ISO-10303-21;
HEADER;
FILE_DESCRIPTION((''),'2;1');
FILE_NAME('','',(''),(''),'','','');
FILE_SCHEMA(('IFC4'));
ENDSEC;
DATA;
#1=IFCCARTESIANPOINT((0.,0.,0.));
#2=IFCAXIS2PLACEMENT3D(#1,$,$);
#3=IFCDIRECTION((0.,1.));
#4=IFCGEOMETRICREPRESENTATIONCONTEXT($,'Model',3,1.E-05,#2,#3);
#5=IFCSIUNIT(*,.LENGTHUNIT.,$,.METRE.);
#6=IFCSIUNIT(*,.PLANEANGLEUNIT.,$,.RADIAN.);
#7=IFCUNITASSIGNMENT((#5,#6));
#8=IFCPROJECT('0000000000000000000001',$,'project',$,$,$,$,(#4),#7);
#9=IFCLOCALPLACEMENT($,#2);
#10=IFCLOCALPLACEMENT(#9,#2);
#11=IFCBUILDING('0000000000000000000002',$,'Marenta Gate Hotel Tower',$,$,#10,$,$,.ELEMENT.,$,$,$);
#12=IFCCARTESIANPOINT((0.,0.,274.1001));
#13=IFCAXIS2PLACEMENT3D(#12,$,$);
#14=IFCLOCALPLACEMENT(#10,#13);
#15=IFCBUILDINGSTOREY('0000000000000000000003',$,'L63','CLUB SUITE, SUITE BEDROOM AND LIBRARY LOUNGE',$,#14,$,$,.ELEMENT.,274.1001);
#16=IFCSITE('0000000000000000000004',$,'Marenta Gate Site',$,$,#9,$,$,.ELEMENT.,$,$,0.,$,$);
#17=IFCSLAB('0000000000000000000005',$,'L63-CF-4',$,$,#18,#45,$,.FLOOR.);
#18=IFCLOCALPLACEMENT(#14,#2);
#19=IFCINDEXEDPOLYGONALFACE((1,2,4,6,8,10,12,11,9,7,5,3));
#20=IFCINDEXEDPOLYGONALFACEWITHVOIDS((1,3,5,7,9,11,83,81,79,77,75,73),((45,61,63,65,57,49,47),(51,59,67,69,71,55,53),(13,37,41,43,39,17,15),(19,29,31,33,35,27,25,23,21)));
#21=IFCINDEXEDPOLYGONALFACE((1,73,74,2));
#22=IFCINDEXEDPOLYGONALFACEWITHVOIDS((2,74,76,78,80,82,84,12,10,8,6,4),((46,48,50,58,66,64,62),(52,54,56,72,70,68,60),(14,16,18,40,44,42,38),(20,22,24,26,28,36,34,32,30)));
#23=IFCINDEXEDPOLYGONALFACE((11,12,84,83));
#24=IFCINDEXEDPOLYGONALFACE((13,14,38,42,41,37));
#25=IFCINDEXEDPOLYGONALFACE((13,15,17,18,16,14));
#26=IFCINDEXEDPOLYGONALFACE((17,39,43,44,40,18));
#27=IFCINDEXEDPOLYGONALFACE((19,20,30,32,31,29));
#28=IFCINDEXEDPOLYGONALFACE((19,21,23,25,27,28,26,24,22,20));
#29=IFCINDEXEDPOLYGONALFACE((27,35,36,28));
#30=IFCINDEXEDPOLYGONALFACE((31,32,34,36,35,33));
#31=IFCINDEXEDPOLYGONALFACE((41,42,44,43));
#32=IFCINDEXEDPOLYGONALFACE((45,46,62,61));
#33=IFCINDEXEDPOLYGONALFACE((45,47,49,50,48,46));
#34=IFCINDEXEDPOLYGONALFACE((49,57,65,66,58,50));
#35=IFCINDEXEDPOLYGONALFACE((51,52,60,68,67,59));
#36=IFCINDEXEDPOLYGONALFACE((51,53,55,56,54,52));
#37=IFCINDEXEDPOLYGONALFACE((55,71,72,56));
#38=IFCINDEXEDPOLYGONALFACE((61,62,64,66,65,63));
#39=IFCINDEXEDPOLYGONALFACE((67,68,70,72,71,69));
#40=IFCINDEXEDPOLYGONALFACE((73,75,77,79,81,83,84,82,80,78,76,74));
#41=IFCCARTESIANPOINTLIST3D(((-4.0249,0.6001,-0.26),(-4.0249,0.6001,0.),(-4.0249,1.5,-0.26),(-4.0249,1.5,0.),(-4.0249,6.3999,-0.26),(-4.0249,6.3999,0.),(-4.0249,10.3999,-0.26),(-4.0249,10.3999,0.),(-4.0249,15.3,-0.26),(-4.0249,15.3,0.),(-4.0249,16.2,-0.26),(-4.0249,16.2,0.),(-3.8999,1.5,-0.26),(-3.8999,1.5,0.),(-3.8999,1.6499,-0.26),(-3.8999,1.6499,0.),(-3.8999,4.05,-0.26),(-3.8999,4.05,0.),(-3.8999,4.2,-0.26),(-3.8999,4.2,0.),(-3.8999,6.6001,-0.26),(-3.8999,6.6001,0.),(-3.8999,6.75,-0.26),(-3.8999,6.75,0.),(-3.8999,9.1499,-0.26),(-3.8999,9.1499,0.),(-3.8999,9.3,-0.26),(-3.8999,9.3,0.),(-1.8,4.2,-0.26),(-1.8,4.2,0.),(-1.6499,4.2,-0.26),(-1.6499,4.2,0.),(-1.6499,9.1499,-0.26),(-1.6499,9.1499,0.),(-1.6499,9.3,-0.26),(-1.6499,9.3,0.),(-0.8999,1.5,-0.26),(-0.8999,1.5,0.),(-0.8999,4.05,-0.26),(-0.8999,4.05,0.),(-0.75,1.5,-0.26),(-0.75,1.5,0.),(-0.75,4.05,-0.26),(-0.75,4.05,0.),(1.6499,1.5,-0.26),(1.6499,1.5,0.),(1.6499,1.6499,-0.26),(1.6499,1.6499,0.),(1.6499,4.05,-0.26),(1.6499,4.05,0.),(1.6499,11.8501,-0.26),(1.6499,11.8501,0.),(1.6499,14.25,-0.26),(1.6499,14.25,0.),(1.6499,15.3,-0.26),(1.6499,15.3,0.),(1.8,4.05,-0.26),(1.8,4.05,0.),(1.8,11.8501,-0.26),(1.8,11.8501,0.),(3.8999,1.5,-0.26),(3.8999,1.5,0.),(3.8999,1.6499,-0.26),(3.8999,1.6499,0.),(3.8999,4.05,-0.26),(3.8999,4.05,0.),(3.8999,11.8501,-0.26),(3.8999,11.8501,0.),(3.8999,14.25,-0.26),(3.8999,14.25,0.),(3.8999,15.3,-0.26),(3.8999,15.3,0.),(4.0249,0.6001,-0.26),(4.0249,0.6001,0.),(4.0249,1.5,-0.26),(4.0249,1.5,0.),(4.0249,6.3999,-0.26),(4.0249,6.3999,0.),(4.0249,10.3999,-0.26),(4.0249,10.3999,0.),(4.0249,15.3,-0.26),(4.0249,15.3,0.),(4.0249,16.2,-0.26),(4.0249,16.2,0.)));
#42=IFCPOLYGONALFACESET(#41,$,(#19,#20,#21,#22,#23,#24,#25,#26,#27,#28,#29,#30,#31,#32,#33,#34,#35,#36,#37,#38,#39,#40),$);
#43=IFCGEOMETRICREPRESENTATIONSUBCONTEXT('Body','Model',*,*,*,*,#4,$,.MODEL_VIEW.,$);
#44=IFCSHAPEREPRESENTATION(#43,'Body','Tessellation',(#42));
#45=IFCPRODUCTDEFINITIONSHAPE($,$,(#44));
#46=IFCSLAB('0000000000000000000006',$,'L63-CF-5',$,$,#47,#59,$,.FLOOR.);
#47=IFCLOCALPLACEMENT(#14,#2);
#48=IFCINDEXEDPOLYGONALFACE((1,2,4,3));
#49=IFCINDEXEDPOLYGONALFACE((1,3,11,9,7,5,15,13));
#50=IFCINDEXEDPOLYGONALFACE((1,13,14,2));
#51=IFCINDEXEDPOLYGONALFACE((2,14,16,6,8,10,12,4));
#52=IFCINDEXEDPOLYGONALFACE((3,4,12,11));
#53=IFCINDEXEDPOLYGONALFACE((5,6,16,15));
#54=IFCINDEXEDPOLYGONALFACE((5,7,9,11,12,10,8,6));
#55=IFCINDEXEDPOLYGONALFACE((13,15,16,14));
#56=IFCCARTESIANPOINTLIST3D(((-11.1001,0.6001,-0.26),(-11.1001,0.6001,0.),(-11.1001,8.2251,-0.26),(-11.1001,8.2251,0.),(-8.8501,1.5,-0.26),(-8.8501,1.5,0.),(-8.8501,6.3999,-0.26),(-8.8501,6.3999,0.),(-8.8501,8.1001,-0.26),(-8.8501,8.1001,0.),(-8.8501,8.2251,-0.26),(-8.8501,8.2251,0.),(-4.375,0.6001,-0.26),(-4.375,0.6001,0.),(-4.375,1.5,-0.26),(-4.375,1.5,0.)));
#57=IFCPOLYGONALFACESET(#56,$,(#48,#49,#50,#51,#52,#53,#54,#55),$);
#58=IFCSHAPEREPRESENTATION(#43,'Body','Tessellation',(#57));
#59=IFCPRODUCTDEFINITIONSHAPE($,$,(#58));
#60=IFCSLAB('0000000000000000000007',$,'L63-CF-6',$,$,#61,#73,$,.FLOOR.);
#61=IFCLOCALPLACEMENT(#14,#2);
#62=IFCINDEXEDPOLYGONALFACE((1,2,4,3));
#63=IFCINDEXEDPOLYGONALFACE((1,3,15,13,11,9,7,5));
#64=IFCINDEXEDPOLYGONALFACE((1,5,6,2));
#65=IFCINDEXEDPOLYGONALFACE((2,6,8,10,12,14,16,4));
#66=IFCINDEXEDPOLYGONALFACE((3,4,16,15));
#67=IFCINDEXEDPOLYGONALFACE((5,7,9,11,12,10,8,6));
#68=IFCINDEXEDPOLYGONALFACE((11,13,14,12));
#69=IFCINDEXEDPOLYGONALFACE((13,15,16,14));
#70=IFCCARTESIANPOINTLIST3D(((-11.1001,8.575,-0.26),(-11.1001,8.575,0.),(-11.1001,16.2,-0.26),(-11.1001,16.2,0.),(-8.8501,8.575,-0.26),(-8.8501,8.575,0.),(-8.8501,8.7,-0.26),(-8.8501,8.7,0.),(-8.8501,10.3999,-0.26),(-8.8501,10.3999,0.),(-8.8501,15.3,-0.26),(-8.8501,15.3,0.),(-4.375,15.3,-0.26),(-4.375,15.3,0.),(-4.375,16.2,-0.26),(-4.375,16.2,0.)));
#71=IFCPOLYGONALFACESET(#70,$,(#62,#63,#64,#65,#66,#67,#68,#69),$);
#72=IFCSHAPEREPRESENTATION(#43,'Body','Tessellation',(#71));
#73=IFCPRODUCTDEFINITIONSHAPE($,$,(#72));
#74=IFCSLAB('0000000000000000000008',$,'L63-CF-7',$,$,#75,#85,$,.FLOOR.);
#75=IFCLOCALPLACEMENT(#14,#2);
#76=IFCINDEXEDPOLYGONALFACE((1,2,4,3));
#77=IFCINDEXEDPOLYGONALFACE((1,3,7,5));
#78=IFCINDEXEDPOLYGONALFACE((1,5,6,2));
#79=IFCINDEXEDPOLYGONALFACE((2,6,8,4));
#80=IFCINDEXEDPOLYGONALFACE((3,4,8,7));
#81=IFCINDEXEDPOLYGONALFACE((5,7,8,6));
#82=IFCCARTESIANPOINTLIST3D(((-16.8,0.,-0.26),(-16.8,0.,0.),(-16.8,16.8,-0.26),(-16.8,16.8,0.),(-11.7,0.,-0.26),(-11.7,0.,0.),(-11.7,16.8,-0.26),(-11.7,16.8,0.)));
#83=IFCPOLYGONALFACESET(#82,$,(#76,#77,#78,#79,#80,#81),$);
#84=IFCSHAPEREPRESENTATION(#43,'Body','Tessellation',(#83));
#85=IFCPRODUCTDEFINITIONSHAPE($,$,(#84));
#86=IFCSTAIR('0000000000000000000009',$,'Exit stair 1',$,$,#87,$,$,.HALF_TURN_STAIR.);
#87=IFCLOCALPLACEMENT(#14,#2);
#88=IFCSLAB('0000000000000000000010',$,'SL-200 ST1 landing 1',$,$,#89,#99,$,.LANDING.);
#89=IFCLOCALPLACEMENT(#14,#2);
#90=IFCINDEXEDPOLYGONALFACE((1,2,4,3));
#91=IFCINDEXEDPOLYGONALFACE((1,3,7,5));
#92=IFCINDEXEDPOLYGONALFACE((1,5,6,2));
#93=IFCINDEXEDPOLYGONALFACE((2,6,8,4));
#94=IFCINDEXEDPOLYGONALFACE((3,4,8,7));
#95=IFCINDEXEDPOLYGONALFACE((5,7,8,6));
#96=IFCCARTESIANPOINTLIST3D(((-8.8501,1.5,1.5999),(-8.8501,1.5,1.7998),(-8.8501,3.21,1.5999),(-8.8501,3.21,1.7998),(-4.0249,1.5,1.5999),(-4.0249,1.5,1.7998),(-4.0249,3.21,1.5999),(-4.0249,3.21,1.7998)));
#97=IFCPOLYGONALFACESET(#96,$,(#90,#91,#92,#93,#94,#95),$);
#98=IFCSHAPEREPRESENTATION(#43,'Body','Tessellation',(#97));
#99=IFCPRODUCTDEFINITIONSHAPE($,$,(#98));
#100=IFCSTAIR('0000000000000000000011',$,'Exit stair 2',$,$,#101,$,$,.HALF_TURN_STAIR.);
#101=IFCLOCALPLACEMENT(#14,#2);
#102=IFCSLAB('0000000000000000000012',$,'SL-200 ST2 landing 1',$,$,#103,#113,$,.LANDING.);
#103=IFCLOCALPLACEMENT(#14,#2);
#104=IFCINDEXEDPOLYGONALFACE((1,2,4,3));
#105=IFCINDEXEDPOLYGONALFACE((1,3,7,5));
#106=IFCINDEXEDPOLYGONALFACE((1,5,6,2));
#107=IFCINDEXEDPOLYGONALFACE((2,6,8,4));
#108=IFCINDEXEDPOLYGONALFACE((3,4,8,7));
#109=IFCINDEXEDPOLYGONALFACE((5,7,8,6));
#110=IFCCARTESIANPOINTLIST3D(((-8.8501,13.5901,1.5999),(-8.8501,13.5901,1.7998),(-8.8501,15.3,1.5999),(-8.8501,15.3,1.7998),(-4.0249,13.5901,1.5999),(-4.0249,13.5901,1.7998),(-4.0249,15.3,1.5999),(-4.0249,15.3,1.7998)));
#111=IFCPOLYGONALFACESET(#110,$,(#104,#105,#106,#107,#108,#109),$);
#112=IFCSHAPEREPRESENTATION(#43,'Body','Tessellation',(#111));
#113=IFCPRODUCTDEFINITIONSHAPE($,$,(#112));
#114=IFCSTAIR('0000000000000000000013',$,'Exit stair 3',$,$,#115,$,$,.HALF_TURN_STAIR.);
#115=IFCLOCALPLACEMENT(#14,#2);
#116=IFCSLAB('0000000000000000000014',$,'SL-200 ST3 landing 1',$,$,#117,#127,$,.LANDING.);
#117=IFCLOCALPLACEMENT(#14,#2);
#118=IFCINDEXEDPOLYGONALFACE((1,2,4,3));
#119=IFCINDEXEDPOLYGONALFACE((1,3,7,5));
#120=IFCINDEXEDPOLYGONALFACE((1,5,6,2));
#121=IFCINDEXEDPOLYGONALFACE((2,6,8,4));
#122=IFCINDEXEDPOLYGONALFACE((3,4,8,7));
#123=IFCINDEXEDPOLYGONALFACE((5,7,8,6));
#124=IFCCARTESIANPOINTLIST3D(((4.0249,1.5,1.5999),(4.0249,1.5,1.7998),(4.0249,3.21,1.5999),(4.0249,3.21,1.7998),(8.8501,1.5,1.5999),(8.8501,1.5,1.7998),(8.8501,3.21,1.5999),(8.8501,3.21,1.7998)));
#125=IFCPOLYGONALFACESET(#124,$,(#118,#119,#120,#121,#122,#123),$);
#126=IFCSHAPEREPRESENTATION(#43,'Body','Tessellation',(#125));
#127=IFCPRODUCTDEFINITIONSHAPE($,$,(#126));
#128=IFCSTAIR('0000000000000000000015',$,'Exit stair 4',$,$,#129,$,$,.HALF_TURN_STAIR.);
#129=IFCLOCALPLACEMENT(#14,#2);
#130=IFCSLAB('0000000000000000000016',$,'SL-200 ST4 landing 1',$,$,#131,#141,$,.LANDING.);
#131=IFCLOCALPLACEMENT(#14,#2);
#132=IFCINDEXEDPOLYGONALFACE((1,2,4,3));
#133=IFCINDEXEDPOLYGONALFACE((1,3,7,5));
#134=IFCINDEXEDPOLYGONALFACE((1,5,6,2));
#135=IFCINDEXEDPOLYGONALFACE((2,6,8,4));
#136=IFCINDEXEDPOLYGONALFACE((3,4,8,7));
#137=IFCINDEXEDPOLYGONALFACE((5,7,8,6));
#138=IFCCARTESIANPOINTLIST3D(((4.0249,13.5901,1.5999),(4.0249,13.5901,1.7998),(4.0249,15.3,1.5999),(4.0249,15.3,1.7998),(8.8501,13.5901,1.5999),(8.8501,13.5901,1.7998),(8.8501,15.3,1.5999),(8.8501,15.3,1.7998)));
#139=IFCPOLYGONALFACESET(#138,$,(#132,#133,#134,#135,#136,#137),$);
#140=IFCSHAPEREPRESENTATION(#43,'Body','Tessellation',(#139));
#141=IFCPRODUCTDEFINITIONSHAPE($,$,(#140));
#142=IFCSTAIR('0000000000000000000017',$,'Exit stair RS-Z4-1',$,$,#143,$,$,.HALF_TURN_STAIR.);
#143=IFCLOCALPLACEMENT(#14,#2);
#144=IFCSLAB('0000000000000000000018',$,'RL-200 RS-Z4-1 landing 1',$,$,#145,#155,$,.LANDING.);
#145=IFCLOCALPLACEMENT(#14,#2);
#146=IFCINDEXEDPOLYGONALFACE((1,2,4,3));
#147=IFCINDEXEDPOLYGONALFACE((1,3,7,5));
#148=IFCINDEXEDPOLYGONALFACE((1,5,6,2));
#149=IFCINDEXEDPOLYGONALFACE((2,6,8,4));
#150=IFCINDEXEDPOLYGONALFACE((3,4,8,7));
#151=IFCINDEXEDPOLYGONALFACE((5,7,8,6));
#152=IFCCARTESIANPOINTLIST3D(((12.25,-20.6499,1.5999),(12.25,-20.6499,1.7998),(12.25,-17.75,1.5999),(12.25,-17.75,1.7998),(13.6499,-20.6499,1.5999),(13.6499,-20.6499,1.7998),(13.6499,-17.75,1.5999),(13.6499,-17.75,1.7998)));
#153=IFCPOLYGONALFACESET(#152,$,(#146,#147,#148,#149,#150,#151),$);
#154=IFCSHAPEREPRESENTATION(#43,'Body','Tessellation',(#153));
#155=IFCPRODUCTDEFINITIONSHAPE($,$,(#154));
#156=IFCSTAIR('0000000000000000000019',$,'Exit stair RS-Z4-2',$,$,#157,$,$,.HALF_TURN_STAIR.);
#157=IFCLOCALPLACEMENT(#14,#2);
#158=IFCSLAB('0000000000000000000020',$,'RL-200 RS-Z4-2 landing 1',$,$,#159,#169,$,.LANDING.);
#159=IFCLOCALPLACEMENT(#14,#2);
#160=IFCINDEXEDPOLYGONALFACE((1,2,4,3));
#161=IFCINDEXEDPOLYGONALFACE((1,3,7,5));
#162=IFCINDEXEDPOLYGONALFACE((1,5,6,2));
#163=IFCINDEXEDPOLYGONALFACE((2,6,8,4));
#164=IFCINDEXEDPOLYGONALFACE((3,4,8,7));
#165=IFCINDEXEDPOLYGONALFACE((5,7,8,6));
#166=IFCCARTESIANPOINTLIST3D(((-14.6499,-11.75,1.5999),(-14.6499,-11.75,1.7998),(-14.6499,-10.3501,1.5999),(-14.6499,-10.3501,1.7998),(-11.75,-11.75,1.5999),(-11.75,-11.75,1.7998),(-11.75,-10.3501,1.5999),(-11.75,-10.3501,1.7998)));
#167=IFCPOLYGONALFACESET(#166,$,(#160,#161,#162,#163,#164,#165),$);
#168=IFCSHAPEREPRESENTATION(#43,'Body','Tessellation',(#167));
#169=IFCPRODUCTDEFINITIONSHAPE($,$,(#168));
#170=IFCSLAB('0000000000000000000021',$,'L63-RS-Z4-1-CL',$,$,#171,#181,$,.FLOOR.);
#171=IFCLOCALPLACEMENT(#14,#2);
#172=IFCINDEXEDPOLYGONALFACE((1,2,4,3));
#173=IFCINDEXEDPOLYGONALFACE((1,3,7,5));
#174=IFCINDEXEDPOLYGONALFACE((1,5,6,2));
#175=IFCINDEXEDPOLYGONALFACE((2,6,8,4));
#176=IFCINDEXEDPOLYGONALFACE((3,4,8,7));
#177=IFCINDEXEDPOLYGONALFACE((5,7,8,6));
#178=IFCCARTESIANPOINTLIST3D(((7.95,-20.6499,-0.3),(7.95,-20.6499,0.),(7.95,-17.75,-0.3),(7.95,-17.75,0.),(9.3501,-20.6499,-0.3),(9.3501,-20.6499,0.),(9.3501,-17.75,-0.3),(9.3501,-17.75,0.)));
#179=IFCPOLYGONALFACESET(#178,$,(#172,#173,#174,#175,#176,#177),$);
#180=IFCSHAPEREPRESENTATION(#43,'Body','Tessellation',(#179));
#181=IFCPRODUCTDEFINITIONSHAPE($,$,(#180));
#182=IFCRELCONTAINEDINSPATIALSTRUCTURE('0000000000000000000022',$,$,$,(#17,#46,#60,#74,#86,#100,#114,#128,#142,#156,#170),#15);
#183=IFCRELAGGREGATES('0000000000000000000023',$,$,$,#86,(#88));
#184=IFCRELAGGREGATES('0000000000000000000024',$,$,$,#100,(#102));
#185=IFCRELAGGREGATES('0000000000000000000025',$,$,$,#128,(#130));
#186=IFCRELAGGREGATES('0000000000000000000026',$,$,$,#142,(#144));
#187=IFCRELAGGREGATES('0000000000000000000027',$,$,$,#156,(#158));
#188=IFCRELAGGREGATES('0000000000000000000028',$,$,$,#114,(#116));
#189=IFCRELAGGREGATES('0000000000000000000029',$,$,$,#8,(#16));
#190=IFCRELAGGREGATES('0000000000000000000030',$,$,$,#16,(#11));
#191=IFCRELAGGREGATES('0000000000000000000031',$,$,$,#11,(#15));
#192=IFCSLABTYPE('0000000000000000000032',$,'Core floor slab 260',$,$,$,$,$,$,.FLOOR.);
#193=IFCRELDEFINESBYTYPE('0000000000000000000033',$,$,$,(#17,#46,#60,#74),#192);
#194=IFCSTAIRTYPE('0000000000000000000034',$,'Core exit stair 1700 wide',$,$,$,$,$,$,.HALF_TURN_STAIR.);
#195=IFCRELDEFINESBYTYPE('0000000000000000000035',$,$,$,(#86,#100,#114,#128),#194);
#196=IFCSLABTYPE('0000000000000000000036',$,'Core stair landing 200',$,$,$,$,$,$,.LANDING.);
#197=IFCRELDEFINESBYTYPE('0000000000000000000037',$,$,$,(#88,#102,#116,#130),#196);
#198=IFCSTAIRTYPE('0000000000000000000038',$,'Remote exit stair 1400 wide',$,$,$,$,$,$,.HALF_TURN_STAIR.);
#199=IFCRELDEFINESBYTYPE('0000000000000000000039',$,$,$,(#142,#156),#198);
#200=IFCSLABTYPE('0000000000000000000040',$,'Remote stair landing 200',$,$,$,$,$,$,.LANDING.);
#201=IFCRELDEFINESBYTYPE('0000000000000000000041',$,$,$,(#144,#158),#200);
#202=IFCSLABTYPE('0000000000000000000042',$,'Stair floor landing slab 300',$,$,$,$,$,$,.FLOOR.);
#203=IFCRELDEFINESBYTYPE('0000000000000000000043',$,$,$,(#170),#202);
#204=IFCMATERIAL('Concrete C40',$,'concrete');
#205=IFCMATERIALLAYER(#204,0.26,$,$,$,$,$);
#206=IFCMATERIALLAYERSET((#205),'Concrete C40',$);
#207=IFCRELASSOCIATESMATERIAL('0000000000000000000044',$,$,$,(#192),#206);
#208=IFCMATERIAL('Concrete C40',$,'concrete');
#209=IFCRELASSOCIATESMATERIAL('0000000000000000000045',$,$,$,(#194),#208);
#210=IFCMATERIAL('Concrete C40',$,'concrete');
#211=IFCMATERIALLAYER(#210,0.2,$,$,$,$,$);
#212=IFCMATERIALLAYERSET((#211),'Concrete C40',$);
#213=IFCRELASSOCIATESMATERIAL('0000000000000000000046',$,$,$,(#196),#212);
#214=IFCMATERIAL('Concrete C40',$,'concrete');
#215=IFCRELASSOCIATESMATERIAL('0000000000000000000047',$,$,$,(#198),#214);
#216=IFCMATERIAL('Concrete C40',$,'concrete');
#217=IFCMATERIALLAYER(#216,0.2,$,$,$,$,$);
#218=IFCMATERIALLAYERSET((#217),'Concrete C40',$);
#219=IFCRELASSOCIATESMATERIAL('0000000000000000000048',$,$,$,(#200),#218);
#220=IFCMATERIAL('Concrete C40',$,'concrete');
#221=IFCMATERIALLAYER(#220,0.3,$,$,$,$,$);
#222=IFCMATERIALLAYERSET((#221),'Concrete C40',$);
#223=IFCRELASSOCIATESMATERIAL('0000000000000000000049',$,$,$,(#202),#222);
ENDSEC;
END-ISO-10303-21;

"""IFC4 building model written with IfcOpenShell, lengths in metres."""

from ifc_helpers import new_model, si_unit, direction, frame, origin, place, context, subcontext, project, spatial, polyline, outline, extrude, material, layer, layer_set, type_object, element, aggregate, save


model = new_model("IFC4")

# Units and contexts
model_context = context("Model", 3, precision=1e-05, world=origin(), true_north=direction((0.0, 1.0)))
body_context = subcontext(model_context, "Body", "Model", "MODEL_VIEW")
ifc_project = project(units=[si_unit("LENGTHUNIT", "METRE"), si_unit("PLANEANGLEUNIT", "RADIAN")], contexts=[model_context])

# Site, building, storey
site_placement = place(None, origin())
site = spatial("IfcSite", under=ifc_project, at=site_placement, Name="Marenta Gate Site", CompositionType="ELEMENT", RefElevation=0.0)
building_placement = place(site_placement, origin())
building = spatial("IfcBuilding", under=site, at=building_placement, Name="Marenta Gate Hotel Tower", CompositionType="ELEMENT")
storey_placement = place(building_placement, frame((0.0, 0.0, 274.1001)))
storey = spatial("IfcBuildingStorey", under=building, at=storey_placement, Name="L63", Description="CLUB SUITE, SUITE BEDROOM AND LIBRARY LOUNGE", CompositionType="ELEMENT", Elevation=274.1001)

# Slabs
ifc_material_1 = material(Name="Concrete C40", Category="concrete")
ifc_layer_1 = layer(ifc_material_1, 0.26)
ifc_layer_set_1 = layer_set([ifc_layer_1], Name="Concrete C40")
slab_type_1 = type_object("IfcSlabType", Name="Core floor slab 260", PredefinedType="FLOOR", material=ifc_layer_set_1)
slab_1_placement = place(storey_placement, frame((0.0, 0.0, -0.26)))
element("IfcSlab", 1, at=slab_1_placement, inside=storey, type_object=slab_type_1, Name="L63-CF-4", PredefinedType="FLOOR", context=body_context, shape_type="SweptSolid", body=[
    extrude(outline(polyline([(4.0249, 15.3), (4.0249, 10.3999), (4.0249, 6.3999), (4.0249, 1.5), (4.0249, 0.6001), (-4.0249, 0.6001), (-4.0249, 1.5), (-4.0249, 6.3999), (-4.0249, 10.3999), (-4.0249, 15.3), (-4.0249, 16.2), (4.0249, 16.2), (4.0249, 15.3)]), holes=[polyline([(1.6499, 14.25), (1.6499, 11.8501), (1.8, 11.8501), (3.8999, 11.8501), (3.8999, 14.25), (3.8999, 15.3), (1.6499, 15.3), (1.6499, 14.25)]), polyline([(3.8999, 1.6499), (3.8999, 4.05), (1.8, 4.05), (1.6499, 4.05), (1.6499, 1.6499), (1.6499, 1.5), (3.8999, 1.5), (3.8999, 1.6499)]), polyline([(-3.8999, 1.6499), (-3.8999, 1.5), (-0.8999, 1.5), (-0.75, 1.5), (-0.75, 4.05), (-0.8999, 4.05), (-3.8999, 4.05), (-3.8999, 1.6499)]), polyline([(-1.8, 4.2), (-1.6499, 4.2), (-1.6499, 9.1499), (-1.6499, 9.3), (-3.8999, 9.3), (-3.8999, 9.1499), (-3.8999, 6.75), (-3.8999, 6.6001), (-3.8999, 4.2), (-1.8, 4.2)])]), origin(), (0.0, 0.0, 1.0), 0.26),
])
slab_2_placement = place(storey_placement, frame((0.0, 0.0, -0.26)))
element("IfcSlab", 2, at=slab_2_placement, inside=storey, type_object=slab_type_1, Name="L63-CF-5", PredefinedType="FLOOR", context=body_context, shape_type="SweptSolid", body=[
    extrude(outline(polyline([(-8.8501, 8.2251), (-8.8501, 8.1001), (-8.8501, 6.3999), (-8.8501, 1.5), (-4.375, 1.5), (-4.375, 0.6001), (-11.1001, 0.6001), (-11.1001, 8.2251), (-8.8501, 8.2251)])), origin(), (0.0, 0.0, 1.0), 0.26),
])
slab_3_placement = place(storey_placement, frame((0.0, 0.0, -0.26)))
element("IfcSlab", 3, at=slab_3_placement, inside=storey, type_object=slab_type_1, Name="L63-CF-6", PredefinedType="FLOOR", context=body_context, shape_type="SweptSolid", body=[
    extrude(outline(polyline([(-4.375, 15.3), (-8.8501, 15.3), (-8.8501, 10.3999), (-8.8501, 8.7), (-8.8501, 8.575), (-11.1001, 8.575), (-11.1001, 16.2), (-4.375, 16.2), (-4.375, 15.3)])), origin(), (0.0, 0.0, 1.0), 0.26),
])
slab_4_placement = place(storey_placement, frame((0.0, 0.0, -0.26)))
element("IfcSlab", 4, at=slab_4_placement, inside=storey, type_object=slab_type_1, Name="L63-CF-7", PredefinedType="FLOOR", context=body_context, shape_type="SweptSolid", body=[
    extrude(outline(polyline([(-11.7, 16.8), (-11.7, 0.0), (-16.8, 0.0), (-16.8, 16.8), (-11.7, 16.8)])), origin(), (0.0, 0.0, 1.0), 0.26),
])

# Stairs, slabs
ifc_material_2 = material(Name="Concrete C40", Category="concrete")
stair_type_1 = type_object("IfcStairType", Name="Core exit stair 1700 wide", PredefinedType="HALF_TURN_STAIR", material=ifc_material_2)
stair_1_placement = place(storey_placement, origin())
stair_1 = element("IfcStair", 5, at=stair_1_placement, inside=storey, type_object=stair_type_1, Name="Exit stair 1", PredefinedType="HALF_TURN_STAIR")
ifc_material_3 = material(Name="Concrete C40", Category="concrete")
ifc_layer_2 = layer(ifc_material_3, 0.2)
ifc_layer_set_2 = layer_set([ifc_layer_2], Name="Concrete C40")
slab_type_2 = type_object("IfcSlabType", Name="Core stair landing 200", PredefinedType="LANDING", material=ifc_layer_set_2)
slab_5_placement = place(storey_placement, frame((0.0, 0.0, 1.5999)))
slab_5 = element("IfcSlab", 6, at=slab_5_placement, type_object=slab_type_2, Name="SL-200 ST1 landing 1", PredefinedType="LANDING", context=body_context, shape_type="SweptSolid", body=[
    extrude(outline(polyline([(-8.8501, 1.5), (-4.0249, 1.5), (-4.0249, 3.21), (-8.8501, 3.21), (-8.8501, 1.5)])), origin(), (0.0, 0.0, 1.0), 0.2),
])
aggregate(stair_1, [slab_5])
stair_2_placement = place(storey_placement, origin())
stair_2 = element("IfcStair", 7, at=stair_2_placement, inside=storey, type_object=stair_type_1, Name="Exit stair 2", PredefinedType="HALF_TURN_STAIR")
slab_6_placement = place(storey_placement, frame((0.0, 0.0, 1.5999)))
slab_6 = element("IfcSlab", 8, at=slab_6_placement, type_object=slab_type_2, Name="SL-200 ST2 landing 1", PredefinedType="LANDING", context=body_context, shape_type="SweptSolid", body=[
    extrude(outline(polyline([(-8.8501, 13.5901), (-4.0249, 13.5901), (-4.0249, 15.3), (-8.8501, 15.3), (-8.8501, 13.5901)])), origin(), (0.0, 0.0, 1.0), 0.2),
])
aggregate(stair_2, [slab_6])
stair_3_placement = place(storey_placement, origin())
stair_3 = element("IfcStair", 9, at=stair_3_placement, inside=storey, type_object=stair_type_1, Name="Exit stair 3", PredefinedType="HALF_TURN_STAIR")
slab_7_placement = place(storey_placement, frame((0.0, 0.0, 1.5999)))
slab_7 = element("IfcSlab", 10, at=slab_7_placement, type_object=slab_type_2, Name="SL-200 ST3 landing 1", PredefinedType="LANDING", context=body_context, shape_type="SweptSolid", body=[
    extrude(outline(polyline([(4.0249, 1.5), (8.8501, 1.5), (8.8501, 3.21), (4.0249, 3.21), (4.0249, 1.5)])), origin(), (0.0, 0.0, 1.0), 0.2),
])
stair_4_placement = place(storey_placement, origin())
stair_4 = element("IfcStair", 11, at=stair_4_placement, inside=storey, type_object=stair_type_1, Name="Exit stair 4", PredefinedType="HALF_TURN_STAIR")
slab_8_placement = place(storey_placement, frame((0.0, 0.0, 1.5999)))
slab_8 = element("IfcSlab", 12, at=slab_8_placement, type_object=slab_type_2, Name="SL-200 ST4 landing 1", PredefinedType="LANDING", context=body_context, shape_type="SweptSolid", body=[
    extrude(outline(polyline([(4.0249, 13.5901), (8.8501, 13.5901), (8.8501, 15.3), (4.0249, 15.3), (4.0249, 13.5901)])), origin(), (0.0, 0.0, 1.0), 0.2),
])
aggregate(stair_4, [slab_8])
ifc_material_4 = material(Name="Concrete C40", Category="concrete")
stair_type_2 = type_object("IfcStairType", Name="Remote exit stair 1400 wide", PredefinedType="HALF_TURN_STAIR", material=ifc_material_4)
stair_5_placement = place(storey_placement, origin())
stair_5 = element("IfcStair", 13, at=stair_5_placement, inside=storey, type_object=stair_type_2, Name="Exit stair RS-Z4-1", PredefinedType="HALF_TURN_STAIR")
ifc_material_5 = material(Name="Concrete C40", Category="concrete")
ifc_layer_3 = layer(ifc_material_5, 0.2)
ifc_layer_set_3 = layer_set([ifc_layer_3], Name="Concrete C40")
slab_type_3 = type_object("IfcSlabType", Name="Remote stair landing 200", PredefinedType="LANDING", material=ifc_layer_set_3)
slab_9_placement = place(storey_placement, frame((0.0, 0.0, 1.5999)))
slab_9 = element("IfcSlab", 14, at=slab_9_placement, type_object=slab_type_3, Name="RL-200 RS-Z4-1 landing 1", PredefinedType="LANDING", context=body_context, shape_type="SweptSolid", body=[
    extrude(outline(polyline([(12.25, -20.6499), (13.6499, -20.6499), (13.6499, -17.75), (12.25, -17.75), (12.25, -20.6499)])), origin(), (0.0, 0.0, 1.0), 0.2),
])
aggregate(stair_5, [slab_9])
stair_6_placement = place(storey_placement, origin())
stair_6 = element("IfcStair", 15, at=stair_6_placement, inside=storey, type_object=stair_type_2, Name="Exit stair RS-Z4-2", PredefinedType="HALF_TURN_STAIR")
slab_10_placement = place(storey_placement, frame((0.0, 0.0, 1.5999)))
slab_10 = element("IfcSlab", 16, at=slab_10_placement, type_object=slab_type_3, Name="RL-200 RS-Z4-2 landing 1", PredefinedType="LANDING", context=body_context, shape_type="SweptSolid", body=[
    extrude(outline(polyline([(-14.6499, -11.75), (-11.75, -11.75), (-11.75, -10.3501), (-14.6499, -10.3501), (-14.6499, -11.75)])), origin(), (0.0, 0.0, 1.0), 0.2),
])
aggregate(stair_6, [slab_10])

# Slab
ifc_material_6 = material(Name="Concrete C40", Category="concrete")
ifc_layer_4 = layer(ifc_material_6, 0.3)
ifc_layer_set_4 = layer_set([ifc_layer_4], Name="Concrete C40")
slab_type_4 = type_object("IfcSlabType", Name="Stair floor landing slab 300", PredefinedType="FLOOR", material=ifc_layer_set_4)
slab_11_placement = place(storey_placement, frame((0.0, 0.0, -0.3)))
element("IfcSlab", 17, at=slab_11_placement, inside=storey, type_object=slab_type_4, Name="L63-RS-Z4-1-CL", PredefinedType="FLOOR", context=body_context, shape_type="SweptSolid", body=[
    extrude(outline(polyline([(9.3501, -20.6499), (9.3501, -17.75), (7.95, -17.75), (7.95, -20.6499), (9.3501, -20.6499)])), origin(), (0.0, 0.0, 1.0), 0.3),
])

aggregate(stair_3, [slab_7])

save(model, "model.ifc")
